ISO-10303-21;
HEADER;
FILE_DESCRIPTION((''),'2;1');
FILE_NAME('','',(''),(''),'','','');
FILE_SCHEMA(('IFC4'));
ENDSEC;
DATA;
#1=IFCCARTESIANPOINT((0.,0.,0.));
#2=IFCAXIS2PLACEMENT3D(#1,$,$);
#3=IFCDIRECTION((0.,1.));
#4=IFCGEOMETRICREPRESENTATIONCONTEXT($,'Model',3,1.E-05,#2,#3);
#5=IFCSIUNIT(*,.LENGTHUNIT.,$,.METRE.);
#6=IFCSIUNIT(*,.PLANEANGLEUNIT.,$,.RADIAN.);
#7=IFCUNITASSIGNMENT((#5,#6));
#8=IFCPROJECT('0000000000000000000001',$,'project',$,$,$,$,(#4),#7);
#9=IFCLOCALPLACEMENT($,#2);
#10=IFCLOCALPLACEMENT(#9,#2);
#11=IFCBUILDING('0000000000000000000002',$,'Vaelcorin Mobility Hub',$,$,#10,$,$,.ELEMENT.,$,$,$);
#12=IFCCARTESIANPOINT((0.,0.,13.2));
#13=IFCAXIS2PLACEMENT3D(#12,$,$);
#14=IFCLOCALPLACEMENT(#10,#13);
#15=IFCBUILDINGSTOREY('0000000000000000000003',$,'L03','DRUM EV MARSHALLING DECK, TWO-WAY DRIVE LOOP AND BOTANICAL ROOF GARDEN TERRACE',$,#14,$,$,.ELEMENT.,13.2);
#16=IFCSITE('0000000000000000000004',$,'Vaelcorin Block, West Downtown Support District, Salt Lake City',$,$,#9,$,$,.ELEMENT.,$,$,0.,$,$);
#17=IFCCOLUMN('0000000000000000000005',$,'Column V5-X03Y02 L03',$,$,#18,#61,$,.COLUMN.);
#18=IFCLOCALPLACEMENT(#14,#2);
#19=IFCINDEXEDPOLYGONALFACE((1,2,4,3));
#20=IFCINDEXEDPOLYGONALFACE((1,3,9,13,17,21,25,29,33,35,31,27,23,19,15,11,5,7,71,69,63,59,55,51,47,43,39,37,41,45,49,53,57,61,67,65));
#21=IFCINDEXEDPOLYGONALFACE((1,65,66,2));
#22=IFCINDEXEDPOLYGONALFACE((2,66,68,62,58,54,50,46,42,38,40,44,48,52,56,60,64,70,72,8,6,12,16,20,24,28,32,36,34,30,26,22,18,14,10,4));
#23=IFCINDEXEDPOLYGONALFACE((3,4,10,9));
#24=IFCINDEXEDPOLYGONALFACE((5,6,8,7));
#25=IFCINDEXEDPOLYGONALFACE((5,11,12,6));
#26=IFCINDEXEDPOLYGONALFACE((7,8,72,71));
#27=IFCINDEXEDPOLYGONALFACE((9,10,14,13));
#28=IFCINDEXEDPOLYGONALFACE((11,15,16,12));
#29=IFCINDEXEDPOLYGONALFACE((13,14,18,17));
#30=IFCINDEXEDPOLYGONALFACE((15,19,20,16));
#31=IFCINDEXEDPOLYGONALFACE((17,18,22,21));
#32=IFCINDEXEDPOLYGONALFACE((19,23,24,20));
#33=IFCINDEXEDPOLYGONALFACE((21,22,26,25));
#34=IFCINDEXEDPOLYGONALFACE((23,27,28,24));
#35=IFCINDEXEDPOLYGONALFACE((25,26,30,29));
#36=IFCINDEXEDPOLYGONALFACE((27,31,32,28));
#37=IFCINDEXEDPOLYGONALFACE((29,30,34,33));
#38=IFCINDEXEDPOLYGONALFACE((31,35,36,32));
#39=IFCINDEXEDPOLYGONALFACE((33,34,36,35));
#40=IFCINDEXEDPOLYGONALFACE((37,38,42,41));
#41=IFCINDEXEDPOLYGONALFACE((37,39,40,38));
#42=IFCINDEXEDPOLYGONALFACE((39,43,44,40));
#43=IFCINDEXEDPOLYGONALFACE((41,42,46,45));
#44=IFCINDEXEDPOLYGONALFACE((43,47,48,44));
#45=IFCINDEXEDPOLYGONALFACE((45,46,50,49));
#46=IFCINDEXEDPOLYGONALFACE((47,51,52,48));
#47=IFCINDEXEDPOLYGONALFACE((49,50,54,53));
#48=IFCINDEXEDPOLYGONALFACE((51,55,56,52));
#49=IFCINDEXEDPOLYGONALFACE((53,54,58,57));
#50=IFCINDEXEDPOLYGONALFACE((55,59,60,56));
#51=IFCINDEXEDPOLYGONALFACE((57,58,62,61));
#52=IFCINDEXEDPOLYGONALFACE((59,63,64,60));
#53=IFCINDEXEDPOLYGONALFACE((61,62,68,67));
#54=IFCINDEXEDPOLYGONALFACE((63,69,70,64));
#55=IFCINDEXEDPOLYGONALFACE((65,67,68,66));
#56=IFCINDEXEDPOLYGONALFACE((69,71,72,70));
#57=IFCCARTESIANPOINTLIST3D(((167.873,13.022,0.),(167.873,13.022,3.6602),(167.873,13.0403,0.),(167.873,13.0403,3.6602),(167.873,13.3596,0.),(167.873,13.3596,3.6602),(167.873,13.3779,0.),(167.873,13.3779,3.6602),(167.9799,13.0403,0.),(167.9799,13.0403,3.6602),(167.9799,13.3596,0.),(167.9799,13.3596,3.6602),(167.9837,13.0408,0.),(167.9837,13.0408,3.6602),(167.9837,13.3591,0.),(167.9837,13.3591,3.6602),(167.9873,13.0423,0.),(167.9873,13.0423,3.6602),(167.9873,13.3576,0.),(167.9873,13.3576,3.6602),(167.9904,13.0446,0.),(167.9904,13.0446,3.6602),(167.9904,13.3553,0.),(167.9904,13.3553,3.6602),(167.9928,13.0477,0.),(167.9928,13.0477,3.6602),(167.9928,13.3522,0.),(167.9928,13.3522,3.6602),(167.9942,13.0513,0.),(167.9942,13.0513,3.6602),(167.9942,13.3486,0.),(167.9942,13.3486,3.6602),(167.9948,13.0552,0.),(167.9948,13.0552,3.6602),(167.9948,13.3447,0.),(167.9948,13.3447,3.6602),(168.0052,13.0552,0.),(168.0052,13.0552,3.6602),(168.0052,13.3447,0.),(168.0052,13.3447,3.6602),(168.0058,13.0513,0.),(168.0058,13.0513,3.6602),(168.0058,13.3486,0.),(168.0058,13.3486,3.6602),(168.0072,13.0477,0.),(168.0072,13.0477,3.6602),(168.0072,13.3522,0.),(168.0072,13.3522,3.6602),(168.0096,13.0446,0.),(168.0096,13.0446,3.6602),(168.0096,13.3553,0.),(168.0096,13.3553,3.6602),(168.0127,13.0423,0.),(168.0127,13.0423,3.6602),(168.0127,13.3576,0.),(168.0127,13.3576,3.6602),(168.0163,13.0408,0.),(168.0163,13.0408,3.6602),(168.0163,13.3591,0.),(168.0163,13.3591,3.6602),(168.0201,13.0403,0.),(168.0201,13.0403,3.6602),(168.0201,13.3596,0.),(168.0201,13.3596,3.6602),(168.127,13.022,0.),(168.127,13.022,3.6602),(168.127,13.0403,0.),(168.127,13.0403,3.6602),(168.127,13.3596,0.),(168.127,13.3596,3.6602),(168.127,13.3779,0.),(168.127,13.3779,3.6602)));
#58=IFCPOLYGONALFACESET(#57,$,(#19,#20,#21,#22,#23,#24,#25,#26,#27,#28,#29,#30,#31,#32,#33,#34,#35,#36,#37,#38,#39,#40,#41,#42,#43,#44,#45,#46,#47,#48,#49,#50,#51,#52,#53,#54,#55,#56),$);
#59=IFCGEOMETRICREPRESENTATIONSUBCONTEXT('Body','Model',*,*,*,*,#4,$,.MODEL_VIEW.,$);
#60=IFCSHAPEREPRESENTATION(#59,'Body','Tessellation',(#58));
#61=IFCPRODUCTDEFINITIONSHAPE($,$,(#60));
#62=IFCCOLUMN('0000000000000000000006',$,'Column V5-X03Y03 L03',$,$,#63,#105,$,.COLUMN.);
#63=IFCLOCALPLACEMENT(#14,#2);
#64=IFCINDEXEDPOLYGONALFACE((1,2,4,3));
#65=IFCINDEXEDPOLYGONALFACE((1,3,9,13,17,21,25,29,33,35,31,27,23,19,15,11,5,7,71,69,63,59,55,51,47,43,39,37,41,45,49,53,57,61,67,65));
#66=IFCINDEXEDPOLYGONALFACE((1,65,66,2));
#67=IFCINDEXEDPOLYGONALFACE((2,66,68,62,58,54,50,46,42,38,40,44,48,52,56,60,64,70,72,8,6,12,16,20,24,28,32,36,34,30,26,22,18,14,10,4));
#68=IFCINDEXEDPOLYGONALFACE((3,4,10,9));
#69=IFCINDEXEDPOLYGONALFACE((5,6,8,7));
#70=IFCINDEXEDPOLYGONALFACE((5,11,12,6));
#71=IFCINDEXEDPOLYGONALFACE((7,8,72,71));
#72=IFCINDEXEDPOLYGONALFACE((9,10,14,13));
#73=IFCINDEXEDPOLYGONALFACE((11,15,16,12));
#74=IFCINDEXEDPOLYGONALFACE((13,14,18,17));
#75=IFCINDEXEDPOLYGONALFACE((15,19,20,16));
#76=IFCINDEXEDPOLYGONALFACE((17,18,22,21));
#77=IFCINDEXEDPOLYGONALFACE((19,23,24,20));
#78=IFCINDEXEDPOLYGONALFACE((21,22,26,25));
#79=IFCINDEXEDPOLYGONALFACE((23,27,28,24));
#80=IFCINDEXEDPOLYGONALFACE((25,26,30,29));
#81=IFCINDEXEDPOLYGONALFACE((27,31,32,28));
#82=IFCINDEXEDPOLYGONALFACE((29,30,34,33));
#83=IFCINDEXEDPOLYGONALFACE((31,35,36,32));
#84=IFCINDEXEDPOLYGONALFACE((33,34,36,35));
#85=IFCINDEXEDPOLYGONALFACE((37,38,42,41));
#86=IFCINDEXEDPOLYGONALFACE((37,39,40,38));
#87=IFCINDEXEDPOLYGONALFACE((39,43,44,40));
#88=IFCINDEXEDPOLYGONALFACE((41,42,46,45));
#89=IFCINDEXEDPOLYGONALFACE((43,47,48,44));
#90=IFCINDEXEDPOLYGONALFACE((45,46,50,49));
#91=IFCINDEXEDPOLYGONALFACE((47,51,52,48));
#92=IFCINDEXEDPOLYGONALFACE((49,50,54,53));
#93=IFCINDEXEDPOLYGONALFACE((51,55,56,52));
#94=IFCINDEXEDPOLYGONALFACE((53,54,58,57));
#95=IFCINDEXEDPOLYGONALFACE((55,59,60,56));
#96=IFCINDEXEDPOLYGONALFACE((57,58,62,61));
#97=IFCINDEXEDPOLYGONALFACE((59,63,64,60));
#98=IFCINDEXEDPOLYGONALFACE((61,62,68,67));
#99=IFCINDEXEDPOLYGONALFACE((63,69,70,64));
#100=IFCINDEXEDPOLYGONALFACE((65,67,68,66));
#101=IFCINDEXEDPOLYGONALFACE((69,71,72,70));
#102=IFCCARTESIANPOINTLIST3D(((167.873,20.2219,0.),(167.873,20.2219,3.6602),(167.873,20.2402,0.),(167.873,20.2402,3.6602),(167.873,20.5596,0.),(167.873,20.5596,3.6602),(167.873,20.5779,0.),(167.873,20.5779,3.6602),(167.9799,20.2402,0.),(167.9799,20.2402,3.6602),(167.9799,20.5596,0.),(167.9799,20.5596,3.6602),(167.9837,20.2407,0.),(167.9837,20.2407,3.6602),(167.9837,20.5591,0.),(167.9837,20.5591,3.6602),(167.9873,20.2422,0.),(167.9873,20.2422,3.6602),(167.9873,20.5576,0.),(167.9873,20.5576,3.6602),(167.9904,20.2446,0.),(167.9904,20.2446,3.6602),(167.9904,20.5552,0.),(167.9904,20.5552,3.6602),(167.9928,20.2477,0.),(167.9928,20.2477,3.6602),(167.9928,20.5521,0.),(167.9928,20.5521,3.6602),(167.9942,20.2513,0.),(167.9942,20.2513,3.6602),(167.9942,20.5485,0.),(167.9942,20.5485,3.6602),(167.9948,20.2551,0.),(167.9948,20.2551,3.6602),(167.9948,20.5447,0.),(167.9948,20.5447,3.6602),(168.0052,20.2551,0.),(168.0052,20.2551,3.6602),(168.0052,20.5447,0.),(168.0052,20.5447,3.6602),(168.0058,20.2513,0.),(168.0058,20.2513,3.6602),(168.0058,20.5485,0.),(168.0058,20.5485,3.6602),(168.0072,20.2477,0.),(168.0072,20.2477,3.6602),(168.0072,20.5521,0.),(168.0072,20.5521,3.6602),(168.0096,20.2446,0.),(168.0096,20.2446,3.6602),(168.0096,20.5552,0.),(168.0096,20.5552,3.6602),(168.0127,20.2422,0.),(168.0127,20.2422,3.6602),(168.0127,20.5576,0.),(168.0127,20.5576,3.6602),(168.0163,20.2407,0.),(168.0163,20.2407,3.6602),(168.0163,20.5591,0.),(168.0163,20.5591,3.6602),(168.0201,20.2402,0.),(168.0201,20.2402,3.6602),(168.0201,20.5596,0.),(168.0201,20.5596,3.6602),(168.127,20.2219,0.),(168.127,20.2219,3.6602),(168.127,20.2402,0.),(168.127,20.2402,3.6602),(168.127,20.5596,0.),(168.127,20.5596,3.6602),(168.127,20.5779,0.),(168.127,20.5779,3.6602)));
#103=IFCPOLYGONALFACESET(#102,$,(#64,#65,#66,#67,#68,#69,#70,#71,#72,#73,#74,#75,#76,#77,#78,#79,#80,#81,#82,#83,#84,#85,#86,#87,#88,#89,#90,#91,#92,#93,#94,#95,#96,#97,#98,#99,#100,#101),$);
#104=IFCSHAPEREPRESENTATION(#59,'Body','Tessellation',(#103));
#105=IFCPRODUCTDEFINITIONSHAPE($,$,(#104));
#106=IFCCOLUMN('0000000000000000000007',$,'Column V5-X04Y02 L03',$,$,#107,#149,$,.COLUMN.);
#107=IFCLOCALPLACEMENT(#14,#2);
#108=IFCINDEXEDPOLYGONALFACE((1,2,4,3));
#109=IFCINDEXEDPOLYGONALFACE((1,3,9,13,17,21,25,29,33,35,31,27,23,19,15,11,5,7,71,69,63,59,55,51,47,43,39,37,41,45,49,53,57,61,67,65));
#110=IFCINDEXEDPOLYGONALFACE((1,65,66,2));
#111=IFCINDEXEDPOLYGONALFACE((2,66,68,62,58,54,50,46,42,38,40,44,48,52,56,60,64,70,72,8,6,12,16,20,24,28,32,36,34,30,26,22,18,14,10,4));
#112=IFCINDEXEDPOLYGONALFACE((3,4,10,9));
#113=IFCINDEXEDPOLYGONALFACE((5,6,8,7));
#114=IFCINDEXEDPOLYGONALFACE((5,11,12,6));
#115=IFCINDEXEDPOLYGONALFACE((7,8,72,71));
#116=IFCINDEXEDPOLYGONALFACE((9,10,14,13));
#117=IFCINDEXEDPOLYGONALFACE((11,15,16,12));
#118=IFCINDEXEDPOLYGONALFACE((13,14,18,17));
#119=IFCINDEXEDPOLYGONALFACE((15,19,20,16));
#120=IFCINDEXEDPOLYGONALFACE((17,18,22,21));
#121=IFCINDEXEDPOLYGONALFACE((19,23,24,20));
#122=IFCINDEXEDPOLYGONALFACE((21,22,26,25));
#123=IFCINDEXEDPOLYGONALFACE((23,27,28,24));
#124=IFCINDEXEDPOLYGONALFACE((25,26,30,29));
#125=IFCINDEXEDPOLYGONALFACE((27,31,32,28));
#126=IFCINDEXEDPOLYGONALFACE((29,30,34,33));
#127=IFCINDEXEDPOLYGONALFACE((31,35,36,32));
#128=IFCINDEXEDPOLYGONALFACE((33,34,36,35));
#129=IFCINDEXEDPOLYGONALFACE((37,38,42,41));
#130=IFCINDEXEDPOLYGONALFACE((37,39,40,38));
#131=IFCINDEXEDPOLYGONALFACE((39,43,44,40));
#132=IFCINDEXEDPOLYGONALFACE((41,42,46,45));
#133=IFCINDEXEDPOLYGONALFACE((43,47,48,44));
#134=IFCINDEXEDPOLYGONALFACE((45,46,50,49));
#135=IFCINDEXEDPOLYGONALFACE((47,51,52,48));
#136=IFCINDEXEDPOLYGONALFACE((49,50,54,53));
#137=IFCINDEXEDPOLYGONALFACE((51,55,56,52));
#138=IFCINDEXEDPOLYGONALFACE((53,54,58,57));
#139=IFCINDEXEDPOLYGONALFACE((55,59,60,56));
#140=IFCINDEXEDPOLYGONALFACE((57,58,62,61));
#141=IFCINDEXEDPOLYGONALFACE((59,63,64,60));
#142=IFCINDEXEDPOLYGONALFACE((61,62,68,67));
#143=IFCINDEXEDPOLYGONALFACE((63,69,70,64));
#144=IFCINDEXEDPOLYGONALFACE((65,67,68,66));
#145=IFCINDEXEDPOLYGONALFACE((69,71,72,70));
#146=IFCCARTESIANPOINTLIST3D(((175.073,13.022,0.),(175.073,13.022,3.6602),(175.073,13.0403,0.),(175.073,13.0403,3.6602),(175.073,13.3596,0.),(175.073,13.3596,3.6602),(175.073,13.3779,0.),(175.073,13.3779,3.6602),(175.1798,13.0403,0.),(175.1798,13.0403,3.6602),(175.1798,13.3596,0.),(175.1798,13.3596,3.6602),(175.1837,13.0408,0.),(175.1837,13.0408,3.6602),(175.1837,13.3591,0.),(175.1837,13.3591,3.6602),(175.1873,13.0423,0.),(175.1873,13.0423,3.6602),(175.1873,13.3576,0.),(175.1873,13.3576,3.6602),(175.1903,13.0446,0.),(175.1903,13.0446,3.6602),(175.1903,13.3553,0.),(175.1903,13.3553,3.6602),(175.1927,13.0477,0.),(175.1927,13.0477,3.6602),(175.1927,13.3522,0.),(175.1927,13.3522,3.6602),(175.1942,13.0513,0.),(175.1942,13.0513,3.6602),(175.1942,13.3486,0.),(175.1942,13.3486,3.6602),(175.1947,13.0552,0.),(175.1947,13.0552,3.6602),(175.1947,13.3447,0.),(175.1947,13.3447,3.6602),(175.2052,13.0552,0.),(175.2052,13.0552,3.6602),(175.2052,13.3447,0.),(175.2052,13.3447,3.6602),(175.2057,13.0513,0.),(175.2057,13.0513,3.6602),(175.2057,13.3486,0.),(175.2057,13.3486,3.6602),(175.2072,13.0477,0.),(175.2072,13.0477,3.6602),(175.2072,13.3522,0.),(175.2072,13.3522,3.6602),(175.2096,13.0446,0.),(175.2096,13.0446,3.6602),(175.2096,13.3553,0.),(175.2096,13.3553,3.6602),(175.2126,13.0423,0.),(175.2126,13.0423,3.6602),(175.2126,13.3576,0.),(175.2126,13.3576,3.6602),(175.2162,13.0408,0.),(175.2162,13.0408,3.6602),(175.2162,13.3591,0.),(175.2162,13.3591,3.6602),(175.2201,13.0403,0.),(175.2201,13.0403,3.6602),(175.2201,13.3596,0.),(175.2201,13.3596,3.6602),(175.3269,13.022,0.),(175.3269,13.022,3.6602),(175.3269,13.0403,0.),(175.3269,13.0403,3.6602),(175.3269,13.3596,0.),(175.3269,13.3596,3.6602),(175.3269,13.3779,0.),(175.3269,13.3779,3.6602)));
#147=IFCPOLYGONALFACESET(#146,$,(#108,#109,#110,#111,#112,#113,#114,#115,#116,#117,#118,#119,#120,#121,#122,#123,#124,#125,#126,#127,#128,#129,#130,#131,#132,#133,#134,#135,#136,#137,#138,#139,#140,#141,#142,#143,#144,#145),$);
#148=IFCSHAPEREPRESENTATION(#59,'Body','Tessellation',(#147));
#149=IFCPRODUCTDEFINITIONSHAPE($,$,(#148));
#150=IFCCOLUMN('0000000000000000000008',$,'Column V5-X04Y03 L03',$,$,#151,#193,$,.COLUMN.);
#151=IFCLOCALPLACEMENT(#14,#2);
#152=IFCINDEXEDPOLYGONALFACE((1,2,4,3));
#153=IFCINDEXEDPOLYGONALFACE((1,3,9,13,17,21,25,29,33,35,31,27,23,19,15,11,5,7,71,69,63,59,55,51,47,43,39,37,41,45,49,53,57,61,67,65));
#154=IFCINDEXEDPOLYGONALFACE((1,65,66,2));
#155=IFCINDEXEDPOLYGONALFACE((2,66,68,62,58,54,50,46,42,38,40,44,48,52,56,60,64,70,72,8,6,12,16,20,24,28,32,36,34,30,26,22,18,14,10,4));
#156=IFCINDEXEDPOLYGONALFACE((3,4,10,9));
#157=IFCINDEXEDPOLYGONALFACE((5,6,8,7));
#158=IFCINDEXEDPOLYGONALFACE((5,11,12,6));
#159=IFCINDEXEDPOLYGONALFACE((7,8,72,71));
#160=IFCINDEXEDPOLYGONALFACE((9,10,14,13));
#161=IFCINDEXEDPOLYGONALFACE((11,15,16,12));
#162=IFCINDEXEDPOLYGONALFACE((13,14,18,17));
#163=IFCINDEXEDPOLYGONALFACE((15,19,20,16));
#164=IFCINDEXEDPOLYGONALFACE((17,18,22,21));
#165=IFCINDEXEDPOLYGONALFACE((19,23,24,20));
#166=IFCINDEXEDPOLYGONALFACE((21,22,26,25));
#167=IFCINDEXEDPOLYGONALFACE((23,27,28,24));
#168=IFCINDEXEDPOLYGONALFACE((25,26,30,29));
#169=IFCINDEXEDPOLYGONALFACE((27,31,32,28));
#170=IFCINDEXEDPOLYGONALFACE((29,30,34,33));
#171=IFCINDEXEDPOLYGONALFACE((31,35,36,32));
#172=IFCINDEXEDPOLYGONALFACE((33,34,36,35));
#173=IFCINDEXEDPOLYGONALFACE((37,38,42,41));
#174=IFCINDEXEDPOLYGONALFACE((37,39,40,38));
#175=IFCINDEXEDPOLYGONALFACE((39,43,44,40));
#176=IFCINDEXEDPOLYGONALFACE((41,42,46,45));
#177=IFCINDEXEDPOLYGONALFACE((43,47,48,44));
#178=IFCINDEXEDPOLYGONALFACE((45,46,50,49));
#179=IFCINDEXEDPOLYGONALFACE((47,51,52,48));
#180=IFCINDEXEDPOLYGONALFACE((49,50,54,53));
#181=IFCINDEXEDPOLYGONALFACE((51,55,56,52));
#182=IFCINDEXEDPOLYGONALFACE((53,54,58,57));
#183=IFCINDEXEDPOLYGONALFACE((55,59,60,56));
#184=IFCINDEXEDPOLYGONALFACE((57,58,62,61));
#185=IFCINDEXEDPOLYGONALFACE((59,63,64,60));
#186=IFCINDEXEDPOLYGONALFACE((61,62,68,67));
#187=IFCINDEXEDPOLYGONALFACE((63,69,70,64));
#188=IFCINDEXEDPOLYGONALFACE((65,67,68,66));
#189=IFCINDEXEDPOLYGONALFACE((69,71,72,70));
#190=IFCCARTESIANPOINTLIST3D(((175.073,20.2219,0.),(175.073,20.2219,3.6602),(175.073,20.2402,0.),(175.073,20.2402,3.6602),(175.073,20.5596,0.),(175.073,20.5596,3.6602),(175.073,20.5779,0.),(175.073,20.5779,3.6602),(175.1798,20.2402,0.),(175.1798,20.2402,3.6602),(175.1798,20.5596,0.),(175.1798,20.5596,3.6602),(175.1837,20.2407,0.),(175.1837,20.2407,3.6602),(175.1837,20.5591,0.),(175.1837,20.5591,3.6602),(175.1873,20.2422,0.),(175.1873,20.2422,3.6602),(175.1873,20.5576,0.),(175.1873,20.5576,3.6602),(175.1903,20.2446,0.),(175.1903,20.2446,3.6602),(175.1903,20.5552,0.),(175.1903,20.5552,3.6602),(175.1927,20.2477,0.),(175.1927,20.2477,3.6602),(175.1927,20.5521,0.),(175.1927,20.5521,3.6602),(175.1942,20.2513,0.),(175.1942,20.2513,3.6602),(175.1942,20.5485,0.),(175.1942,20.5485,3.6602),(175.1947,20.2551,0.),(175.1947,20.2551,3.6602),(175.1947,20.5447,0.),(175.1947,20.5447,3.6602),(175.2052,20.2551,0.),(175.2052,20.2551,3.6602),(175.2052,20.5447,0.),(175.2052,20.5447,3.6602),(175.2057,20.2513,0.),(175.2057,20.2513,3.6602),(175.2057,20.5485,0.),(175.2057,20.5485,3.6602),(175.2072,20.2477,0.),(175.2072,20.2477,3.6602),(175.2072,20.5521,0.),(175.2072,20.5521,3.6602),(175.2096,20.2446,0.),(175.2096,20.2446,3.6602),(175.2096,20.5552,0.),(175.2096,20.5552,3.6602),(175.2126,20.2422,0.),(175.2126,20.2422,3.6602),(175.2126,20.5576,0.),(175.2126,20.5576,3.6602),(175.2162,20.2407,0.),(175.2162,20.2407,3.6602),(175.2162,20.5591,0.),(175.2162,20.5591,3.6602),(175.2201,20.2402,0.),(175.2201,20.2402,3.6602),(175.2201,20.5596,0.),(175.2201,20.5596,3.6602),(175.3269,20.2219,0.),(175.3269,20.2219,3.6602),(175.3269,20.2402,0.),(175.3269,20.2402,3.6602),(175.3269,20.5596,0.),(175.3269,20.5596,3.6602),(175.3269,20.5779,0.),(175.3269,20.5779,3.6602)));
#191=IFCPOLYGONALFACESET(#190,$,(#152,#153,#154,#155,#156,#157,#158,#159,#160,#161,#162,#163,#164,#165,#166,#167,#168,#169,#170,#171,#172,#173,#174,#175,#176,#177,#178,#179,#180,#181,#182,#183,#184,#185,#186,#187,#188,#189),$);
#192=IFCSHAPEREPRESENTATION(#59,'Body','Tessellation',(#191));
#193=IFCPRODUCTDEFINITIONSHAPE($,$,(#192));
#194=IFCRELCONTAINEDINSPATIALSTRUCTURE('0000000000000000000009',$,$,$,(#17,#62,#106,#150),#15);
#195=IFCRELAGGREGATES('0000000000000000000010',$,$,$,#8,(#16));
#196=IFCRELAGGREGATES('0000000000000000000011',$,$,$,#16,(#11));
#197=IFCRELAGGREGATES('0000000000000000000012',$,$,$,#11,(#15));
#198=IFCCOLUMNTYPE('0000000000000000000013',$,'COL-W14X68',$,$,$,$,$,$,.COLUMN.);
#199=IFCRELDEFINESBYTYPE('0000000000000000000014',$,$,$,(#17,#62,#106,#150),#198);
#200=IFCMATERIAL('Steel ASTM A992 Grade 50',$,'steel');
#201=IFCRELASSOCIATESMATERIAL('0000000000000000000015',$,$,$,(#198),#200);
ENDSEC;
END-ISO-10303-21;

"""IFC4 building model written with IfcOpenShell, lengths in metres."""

from ifc_helpers import new_model, si_unit, direction, frame, origin, origin_2d, place, context, subcontext, project, spatial, i_section, extrude, material, material_profile, profile_set, type_object, element, save


model = new_model("IFC4")

# Units and contexts
model_context = context("Model", 3, precision=1e-05, world=origin(), true_north=direction((0.0, 1.0)))
body_context = subcontext(model_context, "Body", "Model", "MODEL_VIEW")
ifc_project = project(units=[si_unit("LENGTHUNIT", "METRE"), si_unit("PLANEANGLEUNIT", "RADIAN")], contexts=[model_context])

# Site, building, storey
site_placement = place(None, origin())
site = spatial("IfcSite", under=ifc_project, at=site_placement, Name="Vaelcorin Block, West Downtown Support District, Salt Lake City", CompositionType="ELEMENT", RefElevation=0.0)
building_placement = place(site_placement, origin())
building = spatial("IfcBuilding", under=site, at=building_placement, Name="Vaelcorin Mobility Hub", CompositionType="ELEMENT")
storey_placement = place(building_placement, frame((0.0, 0.0, 13.2)))
storey = spatial("IfcBuildingStorey", under=building, at=storey_placement, Name="L03", Description="DRUM EV MARSHALLING DECK, TWO-WAY DRIVE LOOP AND BOTANICAL ROOF GARDEN TERRACE", CompositionType="ELEMENT", Elevation=13.2)

# Columns
ifc_material_1 = material(Name="Steel ASTM A992 Grade 50", Category="steel")
ifc_material_profile_1 = material_profile(ifc_material_1, i_section(OverallWidth=0.2539, OverallDepth=0.356, WebThickness=0.0105, FlangeThickness=0.0183, FilletRadius=0.0149, at=origin_2d()), Name="W14X68")
ifc_profile_set_1 = profile_set([ifc_material_profile_1], Name="Steel ASTM A992 Grade 50")
column_type = type_object("IfcColumnType", Name="COL-W14X68", PredefinedType="COLUMN", material=ifc_profile_set_1)
for number, where, z_axis, x_axis, name in (
    (1, (168.0, 13.2, 0.0), (0.0, 0.0, 1.0), (1.0, 0.0, 0.0), "Column V5-X03Y02 L03"),
    (2, (168.0, 20.3999, 0.0), (0.0, 0.0, 1.0), (1.0, 0.0, 0.0), "Column V5-X03Y03 L03"),
    (3, (175.2, 13.2, 0.0), (0.0, 0.0, 1.0), (1.0, 0.0, 0.0), "Column V5-X04Y02 L03"),
    (4, (175.2, 20.3999, 0.0), (0.0, 0.0, 1.0), (1.0, 0.0, 0.0), "Column V5-X04Y03 L03"),
):
    element("IfcColumn", number, at=place(storey_placement, frame(where, z_axis=z_axis, x_axis=x_axis)), inside=storey, type_object=column_type, Name=name, PredefinedType="COLUMN", context=body_context, shape_type="SweptSolid", body=[
        extrude(i_section(OverallWidth=0.2539, OverallDepth=0.356, WebThickness=0.0105, FlangeThickness=0.0183, FilletRadius=0.0149, at=origin_2d()), origin(), (0.0, 0.0, 1.0), 3.6602),
    ])

save(model, "model.ifc")
